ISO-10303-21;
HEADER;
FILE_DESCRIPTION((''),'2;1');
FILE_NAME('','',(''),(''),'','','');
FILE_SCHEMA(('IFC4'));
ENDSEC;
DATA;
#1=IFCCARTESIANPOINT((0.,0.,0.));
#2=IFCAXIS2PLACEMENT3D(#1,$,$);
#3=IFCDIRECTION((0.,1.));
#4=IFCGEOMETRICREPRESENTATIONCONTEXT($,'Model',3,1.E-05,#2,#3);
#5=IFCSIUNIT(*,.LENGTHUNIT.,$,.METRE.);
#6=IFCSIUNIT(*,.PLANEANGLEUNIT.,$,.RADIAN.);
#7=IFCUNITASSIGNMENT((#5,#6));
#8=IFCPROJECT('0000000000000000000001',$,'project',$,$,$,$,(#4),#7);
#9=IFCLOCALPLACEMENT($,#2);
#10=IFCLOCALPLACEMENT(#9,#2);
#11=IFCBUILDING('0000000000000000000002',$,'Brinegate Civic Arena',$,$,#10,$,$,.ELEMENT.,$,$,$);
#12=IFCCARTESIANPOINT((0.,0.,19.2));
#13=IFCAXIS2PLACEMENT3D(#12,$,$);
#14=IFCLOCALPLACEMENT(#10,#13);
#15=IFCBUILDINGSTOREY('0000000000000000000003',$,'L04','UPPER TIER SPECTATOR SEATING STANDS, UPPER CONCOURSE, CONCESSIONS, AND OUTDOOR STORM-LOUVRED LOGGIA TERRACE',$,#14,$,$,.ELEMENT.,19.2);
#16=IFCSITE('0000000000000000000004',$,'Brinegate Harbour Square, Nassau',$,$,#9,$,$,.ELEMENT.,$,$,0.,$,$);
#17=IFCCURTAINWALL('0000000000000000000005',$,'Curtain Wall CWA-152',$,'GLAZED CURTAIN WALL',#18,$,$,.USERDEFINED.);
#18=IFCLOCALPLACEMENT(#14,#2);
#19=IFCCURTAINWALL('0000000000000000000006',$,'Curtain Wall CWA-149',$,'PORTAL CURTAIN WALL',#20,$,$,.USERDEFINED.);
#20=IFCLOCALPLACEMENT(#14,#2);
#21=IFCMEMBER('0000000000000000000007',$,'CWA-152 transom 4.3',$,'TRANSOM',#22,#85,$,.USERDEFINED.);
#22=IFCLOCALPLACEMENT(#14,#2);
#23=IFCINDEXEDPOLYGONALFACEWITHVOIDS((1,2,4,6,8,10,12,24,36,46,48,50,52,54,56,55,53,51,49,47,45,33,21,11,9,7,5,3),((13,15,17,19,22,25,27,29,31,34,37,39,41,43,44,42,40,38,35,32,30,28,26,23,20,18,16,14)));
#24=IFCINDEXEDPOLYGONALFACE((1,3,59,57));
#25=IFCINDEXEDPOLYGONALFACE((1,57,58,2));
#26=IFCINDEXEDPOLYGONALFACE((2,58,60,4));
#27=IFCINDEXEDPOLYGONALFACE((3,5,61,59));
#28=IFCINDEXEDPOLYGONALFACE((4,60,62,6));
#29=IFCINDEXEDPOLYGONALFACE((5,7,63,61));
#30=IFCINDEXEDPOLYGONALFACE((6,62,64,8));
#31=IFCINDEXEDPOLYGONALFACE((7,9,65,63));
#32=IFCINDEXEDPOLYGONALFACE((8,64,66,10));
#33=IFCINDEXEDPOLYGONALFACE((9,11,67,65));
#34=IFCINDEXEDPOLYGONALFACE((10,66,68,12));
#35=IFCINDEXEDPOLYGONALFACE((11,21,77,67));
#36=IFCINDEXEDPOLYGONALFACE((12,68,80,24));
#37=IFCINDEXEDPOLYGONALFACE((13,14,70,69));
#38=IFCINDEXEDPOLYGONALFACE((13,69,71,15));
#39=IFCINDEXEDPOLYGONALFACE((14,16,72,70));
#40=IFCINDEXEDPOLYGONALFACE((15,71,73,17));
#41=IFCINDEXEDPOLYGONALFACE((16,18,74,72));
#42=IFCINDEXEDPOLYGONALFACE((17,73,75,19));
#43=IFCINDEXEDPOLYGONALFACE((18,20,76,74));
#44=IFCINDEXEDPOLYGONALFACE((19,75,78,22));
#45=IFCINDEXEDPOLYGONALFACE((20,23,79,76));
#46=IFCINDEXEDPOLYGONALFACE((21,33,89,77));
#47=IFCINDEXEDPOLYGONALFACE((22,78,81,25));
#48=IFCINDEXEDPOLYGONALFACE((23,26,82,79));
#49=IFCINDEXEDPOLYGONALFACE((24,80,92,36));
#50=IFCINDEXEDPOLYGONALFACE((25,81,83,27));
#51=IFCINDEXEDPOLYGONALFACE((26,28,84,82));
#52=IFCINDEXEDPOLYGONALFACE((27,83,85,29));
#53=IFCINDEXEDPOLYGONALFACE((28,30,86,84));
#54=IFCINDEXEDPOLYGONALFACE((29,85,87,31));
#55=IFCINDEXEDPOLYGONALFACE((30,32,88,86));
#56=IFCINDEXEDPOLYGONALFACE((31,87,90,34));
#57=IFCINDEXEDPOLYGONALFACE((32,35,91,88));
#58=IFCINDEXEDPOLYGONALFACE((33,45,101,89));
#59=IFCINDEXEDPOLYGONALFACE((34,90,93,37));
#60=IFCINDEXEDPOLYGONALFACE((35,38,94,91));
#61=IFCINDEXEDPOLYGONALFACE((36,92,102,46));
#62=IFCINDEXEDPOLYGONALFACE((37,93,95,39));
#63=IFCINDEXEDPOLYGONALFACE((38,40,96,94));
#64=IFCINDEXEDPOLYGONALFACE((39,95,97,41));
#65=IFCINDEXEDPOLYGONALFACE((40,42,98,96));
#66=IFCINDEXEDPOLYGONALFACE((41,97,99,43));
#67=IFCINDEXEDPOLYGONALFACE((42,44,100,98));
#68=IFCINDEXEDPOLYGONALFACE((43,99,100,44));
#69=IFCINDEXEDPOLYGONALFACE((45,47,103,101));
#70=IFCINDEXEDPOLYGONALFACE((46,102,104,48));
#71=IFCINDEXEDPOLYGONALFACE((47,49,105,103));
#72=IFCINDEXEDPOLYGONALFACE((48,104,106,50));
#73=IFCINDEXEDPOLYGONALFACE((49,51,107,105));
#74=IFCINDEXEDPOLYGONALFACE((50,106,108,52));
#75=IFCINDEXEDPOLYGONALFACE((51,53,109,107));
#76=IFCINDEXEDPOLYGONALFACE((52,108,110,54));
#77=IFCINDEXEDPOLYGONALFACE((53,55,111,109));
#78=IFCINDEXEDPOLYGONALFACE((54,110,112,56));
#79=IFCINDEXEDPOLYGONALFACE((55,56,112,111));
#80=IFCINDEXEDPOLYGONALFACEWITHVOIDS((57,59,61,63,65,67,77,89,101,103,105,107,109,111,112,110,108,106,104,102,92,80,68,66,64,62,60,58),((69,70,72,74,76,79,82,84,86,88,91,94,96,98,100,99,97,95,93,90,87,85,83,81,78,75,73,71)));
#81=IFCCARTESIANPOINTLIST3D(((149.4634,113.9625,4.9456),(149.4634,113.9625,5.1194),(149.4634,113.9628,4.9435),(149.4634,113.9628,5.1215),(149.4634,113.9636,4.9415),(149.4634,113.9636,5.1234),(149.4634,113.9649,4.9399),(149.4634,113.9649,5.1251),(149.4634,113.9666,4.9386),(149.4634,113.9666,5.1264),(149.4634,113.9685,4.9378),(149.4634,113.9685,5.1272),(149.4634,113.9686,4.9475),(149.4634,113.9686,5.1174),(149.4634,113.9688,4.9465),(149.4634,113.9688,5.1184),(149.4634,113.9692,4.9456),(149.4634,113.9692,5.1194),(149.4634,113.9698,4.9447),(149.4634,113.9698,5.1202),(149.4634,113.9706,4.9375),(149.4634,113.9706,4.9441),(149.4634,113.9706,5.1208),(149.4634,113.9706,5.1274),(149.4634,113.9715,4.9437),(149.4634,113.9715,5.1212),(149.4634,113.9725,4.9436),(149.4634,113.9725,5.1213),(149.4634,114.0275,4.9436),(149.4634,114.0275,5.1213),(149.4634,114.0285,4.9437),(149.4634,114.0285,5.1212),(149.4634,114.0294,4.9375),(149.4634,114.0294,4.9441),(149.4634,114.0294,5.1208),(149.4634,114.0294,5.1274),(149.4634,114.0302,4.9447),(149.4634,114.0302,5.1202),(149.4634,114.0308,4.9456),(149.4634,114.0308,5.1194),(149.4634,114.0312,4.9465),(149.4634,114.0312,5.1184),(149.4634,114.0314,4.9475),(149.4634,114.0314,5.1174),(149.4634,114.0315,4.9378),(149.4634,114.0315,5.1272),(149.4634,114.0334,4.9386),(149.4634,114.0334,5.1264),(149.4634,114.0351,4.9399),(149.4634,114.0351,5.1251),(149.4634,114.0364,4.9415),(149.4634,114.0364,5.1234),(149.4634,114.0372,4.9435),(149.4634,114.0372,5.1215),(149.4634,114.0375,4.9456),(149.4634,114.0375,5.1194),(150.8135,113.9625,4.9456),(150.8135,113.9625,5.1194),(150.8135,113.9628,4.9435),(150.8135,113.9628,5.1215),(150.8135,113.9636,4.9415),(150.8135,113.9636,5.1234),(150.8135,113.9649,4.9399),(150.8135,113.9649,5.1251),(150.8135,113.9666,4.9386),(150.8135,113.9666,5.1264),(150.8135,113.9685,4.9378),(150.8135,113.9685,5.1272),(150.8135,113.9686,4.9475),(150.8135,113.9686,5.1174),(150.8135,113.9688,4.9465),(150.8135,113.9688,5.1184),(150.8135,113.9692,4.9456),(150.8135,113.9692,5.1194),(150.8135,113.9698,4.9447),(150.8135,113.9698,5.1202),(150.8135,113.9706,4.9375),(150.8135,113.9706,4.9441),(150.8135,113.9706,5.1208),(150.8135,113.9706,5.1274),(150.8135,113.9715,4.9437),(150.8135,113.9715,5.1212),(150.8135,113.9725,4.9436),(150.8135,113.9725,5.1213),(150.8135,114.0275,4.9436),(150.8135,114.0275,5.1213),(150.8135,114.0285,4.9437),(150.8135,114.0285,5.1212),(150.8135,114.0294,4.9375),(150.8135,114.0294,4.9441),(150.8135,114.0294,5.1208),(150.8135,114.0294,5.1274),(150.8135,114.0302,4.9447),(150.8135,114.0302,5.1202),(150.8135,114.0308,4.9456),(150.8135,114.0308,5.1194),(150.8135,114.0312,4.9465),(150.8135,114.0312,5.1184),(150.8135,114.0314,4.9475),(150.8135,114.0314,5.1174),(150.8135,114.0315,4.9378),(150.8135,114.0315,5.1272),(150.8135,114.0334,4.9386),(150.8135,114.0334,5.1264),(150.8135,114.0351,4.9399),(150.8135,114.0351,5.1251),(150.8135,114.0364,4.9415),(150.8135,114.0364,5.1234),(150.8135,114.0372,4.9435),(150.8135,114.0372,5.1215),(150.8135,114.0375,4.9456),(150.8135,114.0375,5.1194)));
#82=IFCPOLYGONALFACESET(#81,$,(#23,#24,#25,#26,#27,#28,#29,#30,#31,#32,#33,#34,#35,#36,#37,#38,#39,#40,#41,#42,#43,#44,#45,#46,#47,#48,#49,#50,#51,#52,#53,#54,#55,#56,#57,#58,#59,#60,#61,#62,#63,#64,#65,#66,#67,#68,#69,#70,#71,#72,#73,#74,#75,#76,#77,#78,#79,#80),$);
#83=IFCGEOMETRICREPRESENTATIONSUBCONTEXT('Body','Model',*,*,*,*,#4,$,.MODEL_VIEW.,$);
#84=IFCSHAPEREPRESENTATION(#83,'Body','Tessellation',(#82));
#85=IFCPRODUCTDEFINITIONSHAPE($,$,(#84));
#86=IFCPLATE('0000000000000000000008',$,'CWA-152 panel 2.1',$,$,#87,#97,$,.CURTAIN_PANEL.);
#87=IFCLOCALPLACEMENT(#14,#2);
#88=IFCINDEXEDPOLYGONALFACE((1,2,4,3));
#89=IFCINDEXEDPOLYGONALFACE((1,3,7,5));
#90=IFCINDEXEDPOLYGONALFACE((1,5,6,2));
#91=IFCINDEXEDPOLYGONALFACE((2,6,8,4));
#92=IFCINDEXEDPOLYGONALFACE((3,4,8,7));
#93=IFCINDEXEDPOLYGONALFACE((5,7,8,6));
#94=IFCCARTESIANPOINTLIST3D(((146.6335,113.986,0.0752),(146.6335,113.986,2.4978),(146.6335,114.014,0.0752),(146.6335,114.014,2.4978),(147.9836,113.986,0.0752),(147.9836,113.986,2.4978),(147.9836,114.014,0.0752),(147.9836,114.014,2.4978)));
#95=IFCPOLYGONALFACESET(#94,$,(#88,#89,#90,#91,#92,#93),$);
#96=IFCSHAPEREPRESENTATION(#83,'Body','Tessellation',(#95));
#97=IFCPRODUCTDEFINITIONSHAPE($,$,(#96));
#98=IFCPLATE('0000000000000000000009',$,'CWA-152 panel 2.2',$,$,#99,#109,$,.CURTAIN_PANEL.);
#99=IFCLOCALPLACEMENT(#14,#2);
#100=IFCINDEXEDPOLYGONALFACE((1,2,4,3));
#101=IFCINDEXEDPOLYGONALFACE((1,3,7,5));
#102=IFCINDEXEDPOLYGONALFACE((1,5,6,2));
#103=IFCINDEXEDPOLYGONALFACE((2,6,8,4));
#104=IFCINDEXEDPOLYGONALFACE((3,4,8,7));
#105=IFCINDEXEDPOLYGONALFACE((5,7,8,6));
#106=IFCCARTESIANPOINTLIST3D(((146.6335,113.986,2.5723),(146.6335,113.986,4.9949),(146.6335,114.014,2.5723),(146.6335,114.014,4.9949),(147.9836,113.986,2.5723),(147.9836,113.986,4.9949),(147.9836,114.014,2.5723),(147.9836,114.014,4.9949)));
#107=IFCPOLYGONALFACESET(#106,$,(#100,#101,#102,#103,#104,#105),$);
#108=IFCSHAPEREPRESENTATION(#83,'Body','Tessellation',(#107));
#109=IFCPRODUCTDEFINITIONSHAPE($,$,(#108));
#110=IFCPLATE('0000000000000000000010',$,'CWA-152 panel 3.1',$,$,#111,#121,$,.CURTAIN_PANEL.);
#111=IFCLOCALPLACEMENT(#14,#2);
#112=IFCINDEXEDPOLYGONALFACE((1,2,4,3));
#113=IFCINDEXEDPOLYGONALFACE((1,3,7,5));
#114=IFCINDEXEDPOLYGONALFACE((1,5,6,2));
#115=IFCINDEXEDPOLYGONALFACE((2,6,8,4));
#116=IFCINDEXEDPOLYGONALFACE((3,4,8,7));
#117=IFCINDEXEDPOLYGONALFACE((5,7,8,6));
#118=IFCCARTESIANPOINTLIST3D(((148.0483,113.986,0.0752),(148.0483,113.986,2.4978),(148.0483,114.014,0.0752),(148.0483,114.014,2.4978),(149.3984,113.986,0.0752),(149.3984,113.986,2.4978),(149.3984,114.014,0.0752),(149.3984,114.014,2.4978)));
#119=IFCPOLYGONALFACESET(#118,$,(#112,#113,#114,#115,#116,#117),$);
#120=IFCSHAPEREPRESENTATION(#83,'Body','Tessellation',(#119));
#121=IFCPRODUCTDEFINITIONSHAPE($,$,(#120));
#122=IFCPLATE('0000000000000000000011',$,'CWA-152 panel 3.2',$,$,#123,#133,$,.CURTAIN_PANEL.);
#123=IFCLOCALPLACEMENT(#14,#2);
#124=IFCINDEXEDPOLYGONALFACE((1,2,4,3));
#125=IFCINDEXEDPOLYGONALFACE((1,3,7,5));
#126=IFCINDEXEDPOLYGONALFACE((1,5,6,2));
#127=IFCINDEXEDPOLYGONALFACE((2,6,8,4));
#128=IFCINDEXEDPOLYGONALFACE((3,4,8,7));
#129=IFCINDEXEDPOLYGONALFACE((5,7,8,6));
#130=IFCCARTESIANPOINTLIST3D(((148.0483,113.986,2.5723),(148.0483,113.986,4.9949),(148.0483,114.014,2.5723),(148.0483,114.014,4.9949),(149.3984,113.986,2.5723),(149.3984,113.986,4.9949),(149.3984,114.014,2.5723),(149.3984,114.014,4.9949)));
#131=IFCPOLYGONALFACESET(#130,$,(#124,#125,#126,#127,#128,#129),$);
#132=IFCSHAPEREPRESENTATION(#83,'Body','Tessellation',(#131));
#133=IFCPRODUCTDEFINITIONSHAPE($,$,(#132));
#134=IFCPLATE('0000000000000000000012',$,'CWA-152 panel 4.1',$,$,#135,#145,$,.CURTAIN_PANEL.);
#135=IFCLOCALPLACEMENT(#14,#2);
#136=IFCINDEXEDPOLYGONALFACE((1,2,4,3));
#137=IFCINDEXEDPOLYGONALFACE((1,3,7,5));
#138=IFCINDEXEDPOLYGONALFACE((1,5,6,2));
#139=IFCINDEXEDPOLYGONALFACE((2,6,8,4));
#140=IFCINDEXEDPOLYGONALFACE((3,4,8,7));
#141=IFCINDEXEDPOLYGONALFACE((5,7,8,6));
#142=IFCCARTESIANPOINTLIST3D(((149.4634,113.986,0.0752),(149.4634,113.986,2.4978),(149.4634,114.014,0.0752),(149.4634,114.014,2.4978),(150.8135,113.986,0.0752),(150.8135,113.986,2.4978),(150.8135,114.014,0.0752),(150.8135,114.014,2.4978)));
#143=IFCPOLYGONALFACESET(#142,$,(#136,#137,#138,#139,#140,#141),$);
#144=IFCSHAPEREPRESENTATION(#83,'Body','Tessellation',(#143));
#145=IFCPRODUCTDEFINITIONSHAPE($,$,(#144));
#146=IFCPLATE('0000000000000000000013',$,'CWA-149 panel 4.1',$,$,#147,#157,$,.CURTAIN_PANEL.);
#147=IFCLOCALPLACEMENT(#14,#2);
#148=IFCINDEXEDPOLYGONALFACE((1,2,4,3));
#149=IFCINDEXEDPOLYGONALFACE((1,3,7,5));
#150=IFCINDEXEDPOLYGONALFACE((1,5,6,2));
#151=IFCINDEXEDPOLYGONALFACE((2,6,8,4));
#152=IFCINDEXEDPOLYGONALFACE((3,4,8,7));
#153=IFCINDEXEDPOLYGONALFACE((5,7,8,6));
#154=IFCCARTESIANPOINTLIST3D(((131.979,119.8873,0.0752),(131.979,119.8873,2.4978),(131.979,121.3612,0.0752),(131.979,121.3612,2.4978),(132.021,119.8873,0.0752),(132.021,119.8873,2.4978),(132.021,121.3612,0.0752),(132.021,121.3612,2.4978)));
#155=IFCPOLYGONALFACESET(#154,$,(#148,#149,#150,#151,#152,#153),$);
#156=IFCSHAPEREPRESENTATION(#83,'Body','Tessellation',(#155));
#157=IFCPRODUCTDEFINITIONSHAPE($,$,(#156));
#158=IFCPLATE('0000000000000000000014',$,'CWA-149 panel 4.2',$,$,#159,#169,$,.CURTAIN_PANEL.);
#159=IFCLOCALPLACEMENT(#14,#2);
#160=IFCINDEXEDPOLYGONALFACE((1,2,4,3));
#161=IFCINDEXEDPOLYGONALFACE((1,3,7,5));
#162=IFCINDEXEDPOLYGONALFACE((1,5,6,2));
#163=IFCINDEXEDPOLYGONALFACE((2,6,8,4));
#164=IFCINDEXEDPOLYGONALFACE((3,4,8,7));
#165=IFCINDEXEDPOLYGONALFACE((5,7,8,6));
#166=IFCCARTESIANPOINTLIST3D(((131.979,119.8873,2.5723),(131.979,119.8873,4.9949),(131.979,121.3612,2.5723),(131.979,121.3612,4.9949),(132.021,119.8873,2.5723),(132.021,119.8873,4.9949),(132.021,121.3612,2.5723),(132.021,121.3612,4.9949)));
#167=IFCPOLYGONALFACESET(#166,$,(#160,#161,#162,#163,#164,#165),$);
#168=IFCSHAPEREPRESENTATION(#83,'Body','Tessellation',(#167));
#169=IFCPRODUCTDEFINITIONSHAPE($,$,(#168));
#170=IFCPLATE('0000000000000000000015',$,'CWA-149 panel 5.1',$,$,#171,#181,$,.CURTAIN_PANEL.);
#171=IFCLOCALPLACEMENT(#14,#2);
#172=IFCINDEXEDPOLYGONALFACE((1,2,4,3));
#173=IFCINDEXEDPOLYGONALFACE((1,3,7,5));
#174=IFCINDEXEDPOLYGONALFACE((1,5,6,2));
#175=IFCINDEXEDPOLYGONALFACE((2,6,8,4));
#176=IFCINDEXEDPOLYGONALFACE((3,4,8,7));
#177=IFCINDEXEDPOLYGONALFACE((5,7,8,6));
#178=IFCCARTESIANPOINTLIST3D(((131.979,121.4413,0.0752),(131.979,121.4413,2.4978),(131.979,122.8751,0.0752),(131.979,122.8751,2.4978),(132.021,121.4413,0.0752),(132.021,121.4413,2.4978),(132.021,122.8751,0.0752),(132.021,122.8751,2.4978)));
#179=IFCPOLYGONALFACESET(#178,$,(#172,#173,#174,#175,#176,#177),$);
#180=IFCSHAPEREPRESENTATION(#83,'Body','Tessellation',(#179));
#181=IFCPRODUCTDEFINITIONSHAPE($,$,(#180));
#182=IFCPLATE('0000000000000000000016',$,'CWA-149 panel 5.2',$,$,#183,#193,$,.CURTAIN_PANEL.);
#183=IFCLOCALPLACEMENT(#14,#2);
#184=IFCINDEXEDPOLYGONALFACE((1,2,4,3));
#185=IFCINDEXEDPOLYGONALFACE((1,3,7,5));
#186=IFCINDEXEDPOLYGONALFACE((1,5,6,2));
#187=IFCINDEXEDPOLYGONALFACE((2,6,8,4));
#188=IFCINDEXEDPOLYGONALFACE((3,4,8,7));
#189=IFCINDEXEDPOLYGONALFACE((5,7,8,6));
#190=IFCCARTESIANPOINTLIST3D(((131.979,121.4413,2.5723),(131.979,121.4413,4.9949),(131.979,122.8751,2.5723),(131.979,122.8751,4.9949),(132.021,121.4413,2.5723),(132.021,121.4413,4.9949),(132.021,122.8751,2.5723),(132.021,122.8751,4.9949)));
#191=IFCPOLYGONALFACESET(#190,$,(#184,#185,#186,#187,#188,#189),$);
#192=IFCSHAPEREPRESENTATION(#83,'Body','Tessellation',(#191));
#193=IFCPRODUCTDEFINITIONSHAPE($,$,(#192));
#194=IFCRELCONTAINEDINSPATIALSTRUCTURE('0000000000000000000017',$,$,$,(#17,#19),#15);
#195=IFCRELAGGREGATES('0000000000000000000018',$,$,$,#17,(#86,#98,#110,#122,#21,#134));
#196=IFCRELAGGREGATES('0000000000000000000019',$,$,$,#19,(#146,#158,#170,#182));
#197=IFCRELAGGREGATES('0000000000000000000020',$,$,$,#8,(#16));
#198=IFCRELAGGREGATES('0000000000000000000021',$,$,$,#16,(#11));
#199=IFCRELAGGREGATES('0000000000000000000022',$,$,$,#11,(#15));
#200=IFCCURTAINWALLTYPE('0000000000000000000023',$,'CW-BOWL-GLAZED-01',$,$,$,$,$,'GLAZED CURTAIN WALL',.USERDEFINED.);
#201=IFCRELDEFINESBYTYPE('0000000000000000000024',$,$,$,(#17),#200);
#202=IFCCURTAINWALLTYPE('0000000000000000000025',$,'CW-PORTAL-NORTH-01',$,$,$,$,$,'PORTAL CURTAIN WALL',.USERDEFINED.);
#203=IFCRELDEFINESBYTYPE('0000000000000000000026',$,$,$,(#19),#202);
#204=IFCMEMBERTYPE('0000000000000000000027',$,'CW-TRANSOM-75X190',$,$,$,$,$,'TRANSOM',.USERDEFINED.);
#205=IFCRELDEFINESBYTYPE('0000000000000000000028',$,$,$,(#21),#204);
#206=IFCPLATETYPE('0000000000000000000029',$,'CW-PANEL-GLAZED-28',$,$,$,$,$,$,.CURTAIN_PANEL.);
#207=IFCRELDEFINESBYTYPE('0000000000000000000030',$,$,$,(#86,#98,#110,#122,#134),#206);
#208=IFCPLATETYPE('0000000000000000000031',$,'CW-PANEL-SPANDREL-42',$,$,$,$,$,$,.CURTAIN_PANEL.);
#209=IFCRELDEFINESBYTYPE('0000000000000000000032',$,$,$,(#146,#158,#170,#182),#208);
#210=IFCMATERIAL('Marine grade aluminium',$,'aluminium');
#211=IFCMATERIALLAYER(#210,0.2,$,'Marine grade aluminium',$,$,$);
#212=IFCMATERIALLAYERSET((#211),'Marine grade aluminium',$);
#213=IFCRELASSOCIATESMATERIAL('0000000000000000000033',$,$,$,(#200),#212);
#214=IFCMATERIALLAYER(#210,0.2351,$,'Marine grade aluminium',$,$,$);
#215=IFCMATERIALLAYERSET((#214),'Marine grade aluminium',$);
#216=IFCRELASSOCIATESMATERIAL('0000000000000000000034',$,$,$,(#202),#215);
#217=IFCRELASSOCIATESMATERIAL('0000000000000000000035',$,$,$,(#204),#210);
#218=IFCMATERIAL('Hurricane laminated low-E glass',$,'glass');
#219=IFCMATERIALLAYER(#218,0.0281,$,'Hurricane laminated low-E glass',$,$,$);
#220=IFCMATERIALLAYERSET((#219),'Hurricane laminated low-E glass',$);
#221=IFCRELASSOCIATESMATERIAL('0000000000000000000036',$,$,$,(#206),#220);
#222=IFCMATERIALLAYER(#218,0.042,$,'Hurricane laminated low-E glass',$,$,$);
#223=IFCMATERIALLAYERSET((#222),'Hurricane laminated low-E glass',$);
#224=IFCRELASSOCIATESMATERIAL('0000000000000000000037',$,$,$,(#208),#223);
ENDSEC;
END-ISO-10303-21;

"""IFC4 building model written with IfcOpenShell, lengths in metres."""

from ifc_helpers import new_model, si_unit, direction, frame, origin, origin_2d, place, context, subcontext, project, spatial, rectangle, hollow_rectangle, extrude, material, layer, layer_set, material_profile, profile_set, type_object, element, aggregate, save


model = new_model("IFC4")

# Units and contexts
model_context = context("Model", 3, precision=1e-05, world=origin(), true_north=direction((0.0, 1.0)))
body_context = subcontext(model_context, "Body", "Model", "MODEL_VIEW")
ifc_project = project(units=[si_unit("LENGTHUNIT", "METRE"), si_unit("PLANEANGLEUNIT", "RADIAN")], contexts=[model_context])

# Site, building, storey
site_placement = place(None, origin())
site = spatial("IfcSite", under=ifc_project, at=site_placement, Name="Brinegate Harbour Square, Nassau", CompositionType="ELEMENT", RefElevation=0.0)
building_placement = place(site_placement, origin())
building = spatial("IfcBuilding", under=site, at=building_placement, Name="Brinegate Civic Arena", CompositionType="ELEMENT")
storey_placement = place(building_placement, frame((0.0, 0.0, 19.2)))
storey = spatial("IfcBuildingStorey", under=building, at=storey_placement, Name="L04", Description="UPPER TIER SPECTATOR SEATING STANDS, UPPER CONCOURSE, CONCESSIONS, AND OUTDOOR STORM-LOUVRED LOGGIA TERRACE", CompositionType="ELEMENT", Elevation=19.2)

# Curtain walls
ifc_material_1 = material(Name="Marine grade aluminium", Category="aluminium")
ifc_layer_1 = layer(ifc_material_1, 0.2, Name="Marine grade aluminium")
ifc_layer_set_1 = layer_set([ifc_layer_1], Name="Marine grade aluminium")
curtain_wall_type_1 = type_object("IfcCurtainWallType", Name="CW-BOWL-GLAZED-01", ElementType="GLAZED CURTAIN WALL", PredefinedType="USERDEFINED", material=ifc_layer_set_1)
curtain_wall_1_placement = place(storey_placement, origin())
curtain_wall_1 = element("IfcCurtainWall", 1, at=curtain_wall_1_placement, inside=storey, type_object=curtain_wall_type_1, Name="Curtain Wall CWA-152", ObjectType="GLAZED CURTAIN WALL", PredefinedType="USERDEFINED")
ifc_layer_2 = layer(ifc_material_1, 0.2351, Name="Marine grade aluminium")
ifc_layer_set_2 = layer_set([ifc_layer_2], Name="Marine grade aluminium")
curtain_wall_type_2 = type_object("IfcCurtainWallType", Name="CW-PORTAL-NORTH-01", ElementType="PORTAL CURTAIN WALL", PredefinedType="USERDEFINED", material=ifc_layer_set_2)
curtain_wall_2_placement = place(storey_placement, origin())
curtain_wall_2 = element("IfcCurtainWall", 2, at=curtain_wall_2_placement, inside=storey, type_object=curtain_wall_type_2, Name="Curtain Wall CWA-149", ObjectType="PORTAL CURTAIN WALL", PredefinedType="USERDEFINED")
ifc_material_profile_1 = material_profile(ifc_material_1, hollow_rectangle(XDim=0.075, YDim=0.1899, WallThickness=0.0061, InnerFilletRadius=0.0039, OuterFilletRadius=0.0081, at=origin_2d()), Name="TRN75X190")
ifc_profile_set_1 = profile_set([ifc_material_profile_1], Name="Marine grade aluminium")
member_type_1 = type_object("IfcMemberType", Name="CW-TRANSOM-75X190", ElementType="TRANSOM", PredefinedType="USERDEFINED", material=ifc_profile_set_1)

# Member
member_1_placement = place(storey_placement, frame((149.4634, 114.0, 5.0325), z_axis=(1.0, 0.0, 0.0), x_axis=(0.0, 1.0, 0.0)))
member_1 = element("IfcMember", 3, at=member_1_placement, type_object=member_type_1, Name="CWA-152 transom 4.3", ObjectType="TRANSOM", PredefinedType="USERDEFINED", context=body_context, shape_type="SweptSolid", body=[
    extrude(hollow_rectangle(XDim=0.075, YDim=0.1899, WallThickness=0.0061, InnerFilletRadius=0.0039, OuterFilletRadius=0.0081, at=origin_2d()), origin(), (0.0, 0.0, 1.0), 1.3501),
])

# Plates
ifc_material_2 = material(Name="Hurricane laminated low-E glass", Category="glass")
ifc_layer_3 = layer(ifc_material_2, 0.0281, Name="Hurricane laminated low-E glass")
ifc_layer_set_3 = layer_set([ifc_layer_3], Name="Hurricane laminated low-E glass")
plate_type_1 = type_object("IfcPlateType", Name="CW-PANEL-GLAZED-28", PredefinedType="CURTAIN_PANEL", material=ifc_layer_set_3)
plate_1_placement = place(storey_placement, frame((147.3086, 114.0, 0.0752), z_axis=(0.0, 0.0, 1.0), x_axis=(1.0, 0.0, 0.0)))
plate_1 = element("IfcPlate", 4, at=plate_1_placement, type_object=plate_type_1, Name="CWA-152 panel 2.1", PredefinedType="CURTAIN_PANEL", context=body_context, shape_type="SweptSolid", body=[
    extrude(rectangle(XDim=1.3501, YDim=0.0281, at=origin_2d()), origin(), (0.0, 0.0, 1.0), 2.4226),
])
plate_2_placement = place(storey_placement, frame((147.3086, 114.0, 2.5723), z_axis=(0.0, 0.0, 1.0), x_axis=(1.0, 0.0, 0.0)))
plate_2 = element("IfcPlate", 5, at=plate_2_placement, type_object=plate_type_1, Name="CWA-152 panel 2.2", PredefinedType="CURTAIN_PANEL", context=body_context, shape_type="SweptSolid", body=[
    extrude(rectangle(XDim=1.3501, YDim=0.0281, at=origin_2d()), origin(), (0.0, 0.0, 1.0), 2.4226),
])
plate_3_placement = place(storey_placement, frame((148.7234, 114.0, 0.0752), z_axis=(0.0, 0.0, 1.0), x_axis=(1.0, 0.0, 0.0)))
plate_3 = element("IfcPlate", 6, at=plate_3_placement, type_object=plate_type_1, Name="CWA-152 panel 3.1", PredefinedType="CURTAIN_PANEL", context=body_context, shape_type="SweptSolid", body=[
    extrude(rectangle(XDim=1.3501, YDim=0.0281, at=origin_2d()), origin(), (0.0, 0.0, 1.0), 2.4226),
])
plate_4_placement = place(storey_placement, frame((148.7234, 114.0, 2.5723), z_axis=(0.0, 0.0, 1.0), x_axis=(1.0, 0.0, 0.0)))
plate_4 = element("IfcPlate", 7, at=plate_4_placement, type_object=plate_type_1, Name="CWA-152 panel 3.2", PredefinedType="CURTAIN_PANEL", context=body_context, shape_type="SweptSolid", body=[
    extrude(rectangle(XDim=1.3501, YDim=0.0281, at=origin_2d()), origin(), (0.0, 0.0, 1.0), 2.4226),
])
plate_5_placement = place(storey_placement, frame((150.1384, 114.0, 0.0752), z_axis=(0.0, 0.0, 1.0), x_axis=(1.0, 0.0, 0.0)))
plate_5 = element("IfcPlate", 8, at=plate_5_placement, type_object=plate_type_1, Name="CWA-152 panel 4.1", PredefinedType="CURTAIN_PANEL", context=body_context, shape_type="SweptSolid", body=[
    extrude(rectangle(XDim=1.3501, YDim=0.0281, at=origin_2d()), origin(), (0.0, 0.0, 1.0), 2.4226),
])
aggregate(curtain_wall_1, [plate_1, plate_2, plate_3, plate_4, member_1, plate_5])
ifc_layer_4 = layer(ifc_material_2, 0.042, Name="Hurricane laminated low-E glass")
ifc_layer_set_4 = layer_set([ifc_layer_4], Name="Hurricane laminated low-E glass")
plate_type_2 = type_object("IfcPlateType", Name="CW-PANEL-SPANDREL-42", PredefinedType="CURTAIN_PANEL", material=ifc_layer_set_4)
plate_6_placement = place(storey_placement, frame((132.0, 120.6243, 0.0752), z_axis=(0.0, 0.0, 1.0), x_axis=(0.0, 1.0, 0.0)))
plate_6 = element("IfcPlate", 9, at=plate_6_placement, type_object=plate_type_2, Name="CWA-149 panel 4.1", PredefinedType="CURTAIN_PANEL", context=body_context, shape_type="SweptSolid", body=[
    extrude(rectangle(XDim=1.4739, YDim=0.042, at=origin_2d()), origin(), (0.0, 0.0, 1.0), 2.4226),
])
plate_7_placement = place(storey_placement, frame((132.0, 120.6243, 2.5723), z_axis=(0.0, 0.0, 1.0), x_axis=(0.0, 1.0, 0.0)))
plate_7 = element("IfcPlate", 10, at=plate_7_placement, type_object=plate_type_2, Name="CWA-149 panel 4.2", PredefinedType="CURTAIN_PANEL", context=body_context, shape_type="SweptSolid", body=[
    extrude(rectangle(XDim=1.4739, YDim=0.042, at=origin_2d()), origin(), (0.0, 0.0, 1.0), 2.4226),
])
plate_8_placement = place(storey_placement, frame((132.0, 122.1582, 0.0752), z_axis=(0.0, 0.0, 1.0), x_axis=(0.0, 1.0, 0.0)))
plate_8 = element("IfcPlate", 11, at=plate_8_placement, type_object=plate_type_2, Name="CWA-149 panel 5.1", PredefinedType="CURTAIN_PANEL", context=body_context, shape_type="SweptSolid", body=[
    extrude(rectangle(XDim=1.4338, YDim=0.042, at=origin_2d()), origin(), (0.0, 0.0, 1.0), 2.4226),
])
plate_9_placement = place(storey_placement, frame((132.0, 122.1582, 2.5723), z_axis=(0.0, 0.0, 1.0), x_axis=(0.0, 1.0, 0.0)))
plate_9 = element("IfcPlate", 12, at=plate_9_placement, type_object=plate_type_2, Name="CWA-149 panel 5.2", PredefinedType="CURTAIN_PANEL", context=body_context, shape_type="SweptSolid", body=[
    extrude(rectangle(XDim=1.4338, YDim=0.042, at=origin_2d()), origin(), (0.0, 0.0, 1.0), 2.4226),
])
aggregate(curtain_wall_2, [plate_6, plate_7, plate_8, plate_9])

save(model, "model.ifc")
